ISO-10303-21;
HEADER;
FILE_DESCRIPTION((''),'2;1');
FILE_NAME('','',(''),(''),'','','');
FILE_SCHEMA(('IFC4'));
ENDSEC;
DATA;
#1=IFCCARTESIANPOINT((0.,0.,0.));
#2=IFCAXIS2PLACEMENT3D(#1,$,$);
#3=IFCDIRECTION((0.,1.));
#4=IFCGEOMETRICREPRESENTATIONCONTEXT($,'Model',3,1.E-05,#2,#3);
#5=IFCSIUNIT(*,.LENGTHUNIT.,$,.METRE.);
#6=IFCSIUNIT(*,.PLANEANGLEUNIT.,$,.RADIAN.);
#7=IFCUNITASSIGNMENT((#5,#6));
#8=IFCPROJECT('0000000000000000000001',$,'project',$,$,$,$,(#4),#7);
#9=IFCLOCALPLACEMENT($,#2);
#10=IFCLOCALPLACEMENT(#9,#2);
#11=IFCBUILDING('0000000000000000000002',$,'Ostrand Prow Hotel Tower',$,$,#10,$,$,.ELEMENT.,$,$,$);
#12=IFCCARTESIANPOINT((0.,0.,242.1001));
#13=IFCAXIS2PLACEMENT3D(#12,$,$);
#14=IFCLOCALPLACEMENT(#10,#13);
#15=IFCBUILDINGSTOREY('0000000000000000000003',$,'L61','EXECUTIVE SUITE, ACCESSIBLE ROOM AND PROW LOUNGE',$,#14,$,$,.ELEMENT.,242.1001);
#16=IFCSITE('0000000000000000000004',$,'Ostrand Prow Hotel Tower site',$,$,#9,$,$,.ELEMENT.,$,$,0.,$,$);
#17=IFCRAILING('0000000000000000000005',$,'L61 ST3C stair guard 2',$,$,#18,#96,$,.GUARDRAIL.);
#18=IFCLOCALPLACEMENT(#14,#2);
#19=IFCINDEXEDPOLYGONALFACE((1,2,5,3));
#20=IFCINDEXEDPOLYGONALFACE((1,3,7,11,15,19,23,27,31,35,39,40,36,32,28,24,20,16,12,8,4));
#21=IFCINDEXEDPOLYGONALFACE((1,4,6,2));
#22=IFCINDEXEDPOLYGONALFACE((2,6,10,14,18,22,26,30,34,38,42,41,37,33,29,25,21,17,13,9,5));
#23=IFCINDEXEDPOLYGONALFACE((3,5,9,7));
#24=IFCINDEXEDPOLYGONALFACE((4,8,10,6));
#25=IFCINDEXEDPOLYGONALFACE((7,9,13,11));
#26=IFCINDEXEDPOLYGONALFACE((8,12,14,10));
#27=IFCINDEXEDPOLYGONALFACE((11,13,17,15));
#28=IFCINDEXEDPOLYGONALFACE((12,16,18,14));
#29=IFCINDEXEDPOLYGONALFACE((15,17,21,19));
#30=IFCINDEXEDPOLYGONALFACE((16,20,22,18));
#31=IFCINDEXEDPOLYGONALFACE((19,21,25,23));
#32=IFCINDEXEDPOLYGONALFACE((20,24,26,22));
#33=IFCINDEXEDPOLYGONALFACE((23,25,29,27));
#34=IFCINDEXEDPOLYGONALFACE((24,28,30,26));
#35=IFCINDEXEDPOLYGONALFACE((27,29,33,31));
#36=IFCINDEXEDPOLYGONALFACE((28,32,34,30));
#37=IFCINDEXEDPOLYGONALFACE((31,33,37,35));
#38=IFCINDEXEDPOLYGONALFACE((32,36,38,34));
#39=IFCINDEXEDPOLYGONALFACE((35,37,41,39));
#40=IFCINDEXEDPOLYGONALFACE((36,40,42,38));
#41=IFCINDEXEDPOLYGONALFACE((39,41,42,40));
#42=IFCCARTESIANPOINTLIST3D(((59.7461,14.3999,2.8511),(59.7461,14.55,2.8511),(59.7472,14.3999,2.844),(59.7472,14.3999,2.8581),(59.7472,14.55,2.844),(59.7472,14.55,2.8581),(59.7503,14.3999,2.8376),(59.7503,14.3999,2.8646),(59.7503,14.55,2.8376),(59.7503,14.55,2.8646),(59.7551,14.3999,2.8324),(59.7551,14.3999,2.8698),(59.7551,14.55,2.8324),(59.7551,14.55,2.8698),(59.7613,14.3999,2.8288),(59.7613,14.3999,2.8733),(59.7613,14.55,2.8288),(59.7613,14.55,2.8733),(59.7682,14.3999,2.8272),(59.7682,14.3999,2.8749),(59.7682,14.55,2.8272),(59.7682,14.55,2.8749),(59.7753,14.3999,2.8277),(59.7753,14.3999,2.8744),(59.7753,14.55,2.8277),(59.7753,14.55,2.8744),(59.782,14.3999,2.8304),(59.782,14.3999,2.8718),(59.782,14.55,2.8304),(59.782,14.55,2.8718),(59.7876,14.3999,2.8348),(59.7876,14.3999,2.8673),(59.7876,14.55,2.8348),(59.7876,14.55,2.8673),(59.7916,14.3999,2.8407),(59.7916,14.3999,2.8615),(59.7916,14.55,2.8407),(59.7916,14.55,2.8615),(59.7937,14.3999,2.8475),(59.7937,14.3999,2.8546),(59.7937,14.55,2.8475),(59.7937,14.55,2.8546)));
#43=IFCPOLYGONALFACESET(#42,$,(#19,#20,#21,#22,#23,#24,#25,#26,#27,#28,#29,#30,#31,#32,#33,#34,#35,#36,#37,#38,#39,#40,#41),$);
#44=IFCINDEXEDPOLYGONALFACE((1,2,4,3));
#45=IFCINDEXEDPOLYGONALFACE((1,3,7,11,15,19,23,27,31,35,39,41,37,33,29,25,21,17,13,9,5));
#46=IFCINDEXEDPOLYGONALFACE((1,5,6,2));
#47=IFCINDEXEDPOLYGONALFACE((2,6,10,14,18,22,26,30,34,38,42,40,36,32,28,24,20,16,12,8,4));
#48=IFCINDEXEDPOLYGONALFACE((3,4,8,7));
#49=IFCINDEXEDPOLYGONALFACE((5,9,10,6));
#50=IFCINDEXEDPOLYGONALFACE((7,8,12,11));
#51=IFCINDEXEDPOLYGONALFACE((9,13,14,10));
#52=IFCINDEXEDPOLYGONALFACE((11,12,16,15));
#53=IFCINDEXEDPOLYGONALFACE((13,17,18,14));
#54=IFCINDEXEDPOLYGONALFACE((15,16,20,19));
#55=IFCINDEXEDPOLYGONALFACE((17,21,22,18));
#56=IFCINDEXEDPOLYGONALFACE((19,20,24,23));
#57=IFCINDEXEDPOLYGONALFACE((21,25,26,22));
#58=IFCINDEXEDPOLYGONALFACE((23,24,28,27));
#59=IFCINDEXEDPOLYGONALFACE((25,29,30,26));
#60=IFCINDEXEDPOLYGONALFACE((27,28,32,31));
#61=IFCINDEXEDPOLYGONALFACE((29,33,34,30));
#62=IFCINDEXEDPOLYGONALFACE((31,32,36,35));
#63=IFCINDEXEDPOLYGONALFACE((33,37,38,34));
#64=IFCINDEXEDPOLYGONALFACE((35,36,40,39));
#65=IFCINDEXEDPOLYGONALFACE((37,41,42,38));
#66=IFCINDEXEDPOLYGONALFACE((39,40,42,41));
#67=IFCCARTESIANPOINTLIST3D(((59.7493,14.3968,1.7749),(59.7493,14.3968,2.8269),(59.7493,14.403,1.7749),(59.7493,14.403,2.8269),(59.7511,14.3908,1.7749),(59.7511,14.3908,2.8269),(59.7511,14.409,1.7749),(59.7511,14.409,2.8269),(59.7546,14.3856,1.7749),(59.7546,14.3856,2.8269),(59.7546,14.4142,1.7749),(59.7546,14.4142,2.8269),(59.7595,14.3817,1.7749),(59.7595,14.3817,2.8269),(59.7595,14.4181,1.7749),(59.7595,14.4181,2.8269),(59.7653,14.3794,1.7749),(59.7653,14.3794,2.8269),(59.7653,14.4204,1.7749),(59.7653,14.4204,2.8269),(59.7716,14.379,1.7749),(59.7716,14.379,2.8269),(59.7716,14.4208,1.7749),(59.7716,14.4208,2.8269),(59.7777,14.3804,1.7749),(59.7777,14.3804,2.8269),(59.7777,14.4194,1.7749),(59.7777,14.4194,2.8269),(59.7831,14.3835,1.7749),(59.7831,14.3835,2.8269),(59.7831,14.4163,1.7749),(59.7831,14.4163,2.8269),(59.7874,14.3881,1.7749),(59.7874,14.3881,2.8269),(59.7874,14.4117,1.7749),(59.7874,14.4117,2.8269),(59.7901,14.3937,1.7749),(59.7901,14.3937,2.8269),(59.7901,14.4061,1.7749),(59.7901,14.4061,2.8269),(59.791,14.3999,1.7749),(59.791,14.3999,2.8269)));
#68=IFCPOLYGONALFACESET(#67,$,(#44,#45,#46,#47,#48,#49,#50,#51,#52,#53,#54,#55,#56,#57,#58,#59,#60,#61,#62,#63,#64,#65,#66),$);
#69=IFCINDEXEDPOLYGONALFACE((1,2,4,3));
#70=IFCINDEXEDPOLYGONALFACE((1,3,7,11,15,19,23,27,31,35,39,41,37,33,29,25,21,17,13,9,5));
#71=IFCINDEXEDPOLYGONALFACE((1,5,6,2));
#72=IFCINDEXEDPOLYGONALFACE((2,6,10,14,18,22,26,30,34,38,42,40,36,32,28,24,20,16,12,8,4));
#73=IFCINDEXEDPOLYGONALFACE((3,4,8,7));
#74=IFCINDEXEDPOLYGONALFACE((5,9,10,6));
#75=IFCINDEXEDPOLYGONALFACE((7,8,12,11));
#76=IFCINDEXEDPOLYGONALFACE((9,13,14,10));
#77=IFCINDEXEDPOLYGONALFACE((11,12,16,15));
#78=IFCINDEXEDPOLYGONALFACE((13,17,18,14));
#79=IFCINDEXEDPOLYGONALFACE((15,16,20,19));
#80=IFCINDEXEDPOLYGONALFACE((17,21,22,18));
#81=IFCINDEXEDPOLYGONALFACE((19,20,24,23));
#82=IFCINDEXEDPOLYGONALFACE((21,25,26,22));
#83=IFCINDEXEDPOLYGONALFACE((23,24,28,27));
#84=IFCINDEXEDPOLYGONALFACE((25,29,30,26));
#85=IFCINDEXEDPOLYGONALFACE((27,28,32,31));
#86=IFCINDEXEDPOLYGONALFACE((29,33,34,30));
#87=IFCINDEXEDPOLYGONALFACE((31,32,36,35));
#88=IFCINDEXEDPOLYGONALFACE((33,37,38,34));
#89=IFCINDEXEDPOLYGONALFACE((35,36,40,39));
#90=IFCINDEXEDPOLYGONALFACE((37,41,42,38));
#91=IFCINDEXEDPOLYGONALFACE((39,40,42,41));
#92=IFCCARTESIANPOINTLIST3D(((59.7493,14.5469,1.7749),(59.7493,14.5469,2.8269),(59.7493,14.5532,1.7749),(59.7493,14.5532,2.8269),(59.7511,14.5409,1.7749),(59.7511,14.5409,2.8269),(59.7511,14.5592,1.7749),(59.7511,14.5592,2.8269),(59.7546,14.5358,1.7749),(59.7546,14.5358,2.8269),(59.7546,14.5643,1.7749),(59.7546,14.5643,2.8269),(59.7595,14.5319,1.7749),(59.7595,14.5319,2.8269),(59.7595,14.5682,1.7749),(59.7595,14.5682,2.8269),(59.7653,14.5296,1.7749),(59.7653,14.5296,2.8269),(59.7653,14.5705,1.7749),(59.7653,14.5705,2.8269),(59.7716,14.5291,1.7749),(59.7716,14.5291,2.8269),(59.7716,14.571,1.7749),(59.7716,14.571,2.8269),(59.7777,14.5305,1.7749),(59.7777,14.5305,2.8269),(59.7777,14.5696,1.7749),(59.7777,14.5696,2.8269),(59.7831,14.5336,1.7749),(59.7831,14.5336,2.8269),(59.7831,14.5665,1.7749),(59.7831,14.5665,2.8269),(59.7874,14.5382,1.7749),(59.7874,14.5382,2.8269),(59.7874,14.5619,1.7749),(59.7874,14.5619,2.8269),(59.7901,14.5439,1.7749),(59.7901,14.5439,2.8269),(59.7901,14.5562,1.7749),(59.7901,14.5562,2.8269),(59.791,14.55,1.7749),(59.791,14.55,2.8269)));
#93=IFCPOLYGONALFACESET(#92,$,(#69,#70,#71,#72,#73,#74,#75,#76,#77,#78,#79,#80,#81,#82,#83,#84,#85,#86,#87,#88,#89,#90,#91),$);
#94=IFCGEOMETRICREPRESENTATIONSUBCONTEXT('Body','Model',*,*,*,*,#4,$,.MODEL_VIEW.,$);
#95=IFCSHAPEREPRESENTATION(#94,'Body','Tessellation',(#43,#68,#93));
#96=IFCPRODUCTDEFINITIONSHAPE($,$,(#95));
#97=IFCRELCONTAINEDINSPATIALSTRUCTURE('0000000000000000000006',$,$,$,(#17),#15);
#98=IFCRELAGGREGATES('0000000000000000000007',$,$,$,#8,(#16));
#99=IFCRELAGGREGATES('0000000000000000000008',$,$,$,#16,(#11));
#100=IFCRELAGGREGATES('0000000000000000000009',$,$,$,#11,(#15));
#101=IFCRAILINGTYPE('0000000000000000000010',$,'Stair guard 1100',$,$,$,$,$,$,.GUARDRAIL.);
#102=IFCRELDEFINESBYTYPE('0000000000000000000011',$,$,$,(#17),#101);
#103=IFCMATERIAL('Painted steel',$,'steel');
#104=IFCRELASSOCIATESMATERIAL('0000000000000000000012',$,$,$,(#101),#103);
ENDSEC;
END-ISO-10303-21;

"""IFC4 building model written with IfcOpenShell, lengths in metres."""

from ifc_helpers import new_model, si_unit, direction, frame, origin, origin_2d, place, context, subcontext, project, spatial, circle, extrude, material, type_object, element, save


model = new_model("IFC4")

# Units and contexts
model_context = context("Model", 3, precision=1e-05, world=origin(), true_north=direction((0.0, 1.0)))
body_context = subcontext(model_context, "Body", "Model", "MODEL_VIEW")
ifc_project = project(units=[si_unit("LENGTHUNIT", "METRE"), si_unit("PLANEANGLEUNIT", "RADIAN")], contexts=[model_context])

# Site, building, storey
site_placement = place(None, origin())
site = spatial("IfcSite", under=ifc_project, at=site_placement, Name="Ostrand Prow Hotel Tower site", CompositionType="ELEMENT", RefElevation=0.0)
building_placement = place(site_placement, origin())
building = spatial("IfcBuilding", under=site, at=building_placement, Name="Ostrand Prow Hotel Tower", CompositionType="ELEMENT")
storey_placement = place(building_placement, frame((0.0, 0.0, 242.1001)))
storey = spatial("IfcBuildingStorey", under=building, at=storey_placement, Name="L61", Description="EXECUTIVE SUITE, ACCESSIBLE ROOM AND PROW LOUNGE", CompositionType="ELEMENT", Elevation=242.1001)

# Railing
ifc_material_1 = material(Name="Painted steel", Category="steel")
railing_type_1 = type_object("IfcRailingType", Name="Stair guard 1100", PredefinedType="GUARDRAIL", material=ifc_material_1)
railing_1_placement = place(storey_placement, frame((59.77, 14.3999, 1.7749)))
element("IfcRailing", 1, at=railing_1_placement, inside=storey, type_object=railing_type_1, Name="L61 ST3C stair guard 2", PredefinedType="GUARDRAIL", context=body_context, shape_type="SweptSolid", body=[
    extrude(circle(Radius=0.0239, at=origin_2d()), frame((0.0, 0.0, 1.0762), z_axis=(0.0, 1.0, 0.0), x_axis=(-1.0, 0.0, 0.0)), (0.0, 0.0, 1.0), 0.1501),
    extrude(circle(Radius=0.021, at=origin_2d()), origin(), (0.0, 0.0, 1.0), 1.052),
    extrude(circle(Radius=0.021, at=origin_2d()), frame((0.0, 0.1501, 0.0)), (0.0, 0.0, 1.0), 1.052),
])

save(model, "model.ifc")
